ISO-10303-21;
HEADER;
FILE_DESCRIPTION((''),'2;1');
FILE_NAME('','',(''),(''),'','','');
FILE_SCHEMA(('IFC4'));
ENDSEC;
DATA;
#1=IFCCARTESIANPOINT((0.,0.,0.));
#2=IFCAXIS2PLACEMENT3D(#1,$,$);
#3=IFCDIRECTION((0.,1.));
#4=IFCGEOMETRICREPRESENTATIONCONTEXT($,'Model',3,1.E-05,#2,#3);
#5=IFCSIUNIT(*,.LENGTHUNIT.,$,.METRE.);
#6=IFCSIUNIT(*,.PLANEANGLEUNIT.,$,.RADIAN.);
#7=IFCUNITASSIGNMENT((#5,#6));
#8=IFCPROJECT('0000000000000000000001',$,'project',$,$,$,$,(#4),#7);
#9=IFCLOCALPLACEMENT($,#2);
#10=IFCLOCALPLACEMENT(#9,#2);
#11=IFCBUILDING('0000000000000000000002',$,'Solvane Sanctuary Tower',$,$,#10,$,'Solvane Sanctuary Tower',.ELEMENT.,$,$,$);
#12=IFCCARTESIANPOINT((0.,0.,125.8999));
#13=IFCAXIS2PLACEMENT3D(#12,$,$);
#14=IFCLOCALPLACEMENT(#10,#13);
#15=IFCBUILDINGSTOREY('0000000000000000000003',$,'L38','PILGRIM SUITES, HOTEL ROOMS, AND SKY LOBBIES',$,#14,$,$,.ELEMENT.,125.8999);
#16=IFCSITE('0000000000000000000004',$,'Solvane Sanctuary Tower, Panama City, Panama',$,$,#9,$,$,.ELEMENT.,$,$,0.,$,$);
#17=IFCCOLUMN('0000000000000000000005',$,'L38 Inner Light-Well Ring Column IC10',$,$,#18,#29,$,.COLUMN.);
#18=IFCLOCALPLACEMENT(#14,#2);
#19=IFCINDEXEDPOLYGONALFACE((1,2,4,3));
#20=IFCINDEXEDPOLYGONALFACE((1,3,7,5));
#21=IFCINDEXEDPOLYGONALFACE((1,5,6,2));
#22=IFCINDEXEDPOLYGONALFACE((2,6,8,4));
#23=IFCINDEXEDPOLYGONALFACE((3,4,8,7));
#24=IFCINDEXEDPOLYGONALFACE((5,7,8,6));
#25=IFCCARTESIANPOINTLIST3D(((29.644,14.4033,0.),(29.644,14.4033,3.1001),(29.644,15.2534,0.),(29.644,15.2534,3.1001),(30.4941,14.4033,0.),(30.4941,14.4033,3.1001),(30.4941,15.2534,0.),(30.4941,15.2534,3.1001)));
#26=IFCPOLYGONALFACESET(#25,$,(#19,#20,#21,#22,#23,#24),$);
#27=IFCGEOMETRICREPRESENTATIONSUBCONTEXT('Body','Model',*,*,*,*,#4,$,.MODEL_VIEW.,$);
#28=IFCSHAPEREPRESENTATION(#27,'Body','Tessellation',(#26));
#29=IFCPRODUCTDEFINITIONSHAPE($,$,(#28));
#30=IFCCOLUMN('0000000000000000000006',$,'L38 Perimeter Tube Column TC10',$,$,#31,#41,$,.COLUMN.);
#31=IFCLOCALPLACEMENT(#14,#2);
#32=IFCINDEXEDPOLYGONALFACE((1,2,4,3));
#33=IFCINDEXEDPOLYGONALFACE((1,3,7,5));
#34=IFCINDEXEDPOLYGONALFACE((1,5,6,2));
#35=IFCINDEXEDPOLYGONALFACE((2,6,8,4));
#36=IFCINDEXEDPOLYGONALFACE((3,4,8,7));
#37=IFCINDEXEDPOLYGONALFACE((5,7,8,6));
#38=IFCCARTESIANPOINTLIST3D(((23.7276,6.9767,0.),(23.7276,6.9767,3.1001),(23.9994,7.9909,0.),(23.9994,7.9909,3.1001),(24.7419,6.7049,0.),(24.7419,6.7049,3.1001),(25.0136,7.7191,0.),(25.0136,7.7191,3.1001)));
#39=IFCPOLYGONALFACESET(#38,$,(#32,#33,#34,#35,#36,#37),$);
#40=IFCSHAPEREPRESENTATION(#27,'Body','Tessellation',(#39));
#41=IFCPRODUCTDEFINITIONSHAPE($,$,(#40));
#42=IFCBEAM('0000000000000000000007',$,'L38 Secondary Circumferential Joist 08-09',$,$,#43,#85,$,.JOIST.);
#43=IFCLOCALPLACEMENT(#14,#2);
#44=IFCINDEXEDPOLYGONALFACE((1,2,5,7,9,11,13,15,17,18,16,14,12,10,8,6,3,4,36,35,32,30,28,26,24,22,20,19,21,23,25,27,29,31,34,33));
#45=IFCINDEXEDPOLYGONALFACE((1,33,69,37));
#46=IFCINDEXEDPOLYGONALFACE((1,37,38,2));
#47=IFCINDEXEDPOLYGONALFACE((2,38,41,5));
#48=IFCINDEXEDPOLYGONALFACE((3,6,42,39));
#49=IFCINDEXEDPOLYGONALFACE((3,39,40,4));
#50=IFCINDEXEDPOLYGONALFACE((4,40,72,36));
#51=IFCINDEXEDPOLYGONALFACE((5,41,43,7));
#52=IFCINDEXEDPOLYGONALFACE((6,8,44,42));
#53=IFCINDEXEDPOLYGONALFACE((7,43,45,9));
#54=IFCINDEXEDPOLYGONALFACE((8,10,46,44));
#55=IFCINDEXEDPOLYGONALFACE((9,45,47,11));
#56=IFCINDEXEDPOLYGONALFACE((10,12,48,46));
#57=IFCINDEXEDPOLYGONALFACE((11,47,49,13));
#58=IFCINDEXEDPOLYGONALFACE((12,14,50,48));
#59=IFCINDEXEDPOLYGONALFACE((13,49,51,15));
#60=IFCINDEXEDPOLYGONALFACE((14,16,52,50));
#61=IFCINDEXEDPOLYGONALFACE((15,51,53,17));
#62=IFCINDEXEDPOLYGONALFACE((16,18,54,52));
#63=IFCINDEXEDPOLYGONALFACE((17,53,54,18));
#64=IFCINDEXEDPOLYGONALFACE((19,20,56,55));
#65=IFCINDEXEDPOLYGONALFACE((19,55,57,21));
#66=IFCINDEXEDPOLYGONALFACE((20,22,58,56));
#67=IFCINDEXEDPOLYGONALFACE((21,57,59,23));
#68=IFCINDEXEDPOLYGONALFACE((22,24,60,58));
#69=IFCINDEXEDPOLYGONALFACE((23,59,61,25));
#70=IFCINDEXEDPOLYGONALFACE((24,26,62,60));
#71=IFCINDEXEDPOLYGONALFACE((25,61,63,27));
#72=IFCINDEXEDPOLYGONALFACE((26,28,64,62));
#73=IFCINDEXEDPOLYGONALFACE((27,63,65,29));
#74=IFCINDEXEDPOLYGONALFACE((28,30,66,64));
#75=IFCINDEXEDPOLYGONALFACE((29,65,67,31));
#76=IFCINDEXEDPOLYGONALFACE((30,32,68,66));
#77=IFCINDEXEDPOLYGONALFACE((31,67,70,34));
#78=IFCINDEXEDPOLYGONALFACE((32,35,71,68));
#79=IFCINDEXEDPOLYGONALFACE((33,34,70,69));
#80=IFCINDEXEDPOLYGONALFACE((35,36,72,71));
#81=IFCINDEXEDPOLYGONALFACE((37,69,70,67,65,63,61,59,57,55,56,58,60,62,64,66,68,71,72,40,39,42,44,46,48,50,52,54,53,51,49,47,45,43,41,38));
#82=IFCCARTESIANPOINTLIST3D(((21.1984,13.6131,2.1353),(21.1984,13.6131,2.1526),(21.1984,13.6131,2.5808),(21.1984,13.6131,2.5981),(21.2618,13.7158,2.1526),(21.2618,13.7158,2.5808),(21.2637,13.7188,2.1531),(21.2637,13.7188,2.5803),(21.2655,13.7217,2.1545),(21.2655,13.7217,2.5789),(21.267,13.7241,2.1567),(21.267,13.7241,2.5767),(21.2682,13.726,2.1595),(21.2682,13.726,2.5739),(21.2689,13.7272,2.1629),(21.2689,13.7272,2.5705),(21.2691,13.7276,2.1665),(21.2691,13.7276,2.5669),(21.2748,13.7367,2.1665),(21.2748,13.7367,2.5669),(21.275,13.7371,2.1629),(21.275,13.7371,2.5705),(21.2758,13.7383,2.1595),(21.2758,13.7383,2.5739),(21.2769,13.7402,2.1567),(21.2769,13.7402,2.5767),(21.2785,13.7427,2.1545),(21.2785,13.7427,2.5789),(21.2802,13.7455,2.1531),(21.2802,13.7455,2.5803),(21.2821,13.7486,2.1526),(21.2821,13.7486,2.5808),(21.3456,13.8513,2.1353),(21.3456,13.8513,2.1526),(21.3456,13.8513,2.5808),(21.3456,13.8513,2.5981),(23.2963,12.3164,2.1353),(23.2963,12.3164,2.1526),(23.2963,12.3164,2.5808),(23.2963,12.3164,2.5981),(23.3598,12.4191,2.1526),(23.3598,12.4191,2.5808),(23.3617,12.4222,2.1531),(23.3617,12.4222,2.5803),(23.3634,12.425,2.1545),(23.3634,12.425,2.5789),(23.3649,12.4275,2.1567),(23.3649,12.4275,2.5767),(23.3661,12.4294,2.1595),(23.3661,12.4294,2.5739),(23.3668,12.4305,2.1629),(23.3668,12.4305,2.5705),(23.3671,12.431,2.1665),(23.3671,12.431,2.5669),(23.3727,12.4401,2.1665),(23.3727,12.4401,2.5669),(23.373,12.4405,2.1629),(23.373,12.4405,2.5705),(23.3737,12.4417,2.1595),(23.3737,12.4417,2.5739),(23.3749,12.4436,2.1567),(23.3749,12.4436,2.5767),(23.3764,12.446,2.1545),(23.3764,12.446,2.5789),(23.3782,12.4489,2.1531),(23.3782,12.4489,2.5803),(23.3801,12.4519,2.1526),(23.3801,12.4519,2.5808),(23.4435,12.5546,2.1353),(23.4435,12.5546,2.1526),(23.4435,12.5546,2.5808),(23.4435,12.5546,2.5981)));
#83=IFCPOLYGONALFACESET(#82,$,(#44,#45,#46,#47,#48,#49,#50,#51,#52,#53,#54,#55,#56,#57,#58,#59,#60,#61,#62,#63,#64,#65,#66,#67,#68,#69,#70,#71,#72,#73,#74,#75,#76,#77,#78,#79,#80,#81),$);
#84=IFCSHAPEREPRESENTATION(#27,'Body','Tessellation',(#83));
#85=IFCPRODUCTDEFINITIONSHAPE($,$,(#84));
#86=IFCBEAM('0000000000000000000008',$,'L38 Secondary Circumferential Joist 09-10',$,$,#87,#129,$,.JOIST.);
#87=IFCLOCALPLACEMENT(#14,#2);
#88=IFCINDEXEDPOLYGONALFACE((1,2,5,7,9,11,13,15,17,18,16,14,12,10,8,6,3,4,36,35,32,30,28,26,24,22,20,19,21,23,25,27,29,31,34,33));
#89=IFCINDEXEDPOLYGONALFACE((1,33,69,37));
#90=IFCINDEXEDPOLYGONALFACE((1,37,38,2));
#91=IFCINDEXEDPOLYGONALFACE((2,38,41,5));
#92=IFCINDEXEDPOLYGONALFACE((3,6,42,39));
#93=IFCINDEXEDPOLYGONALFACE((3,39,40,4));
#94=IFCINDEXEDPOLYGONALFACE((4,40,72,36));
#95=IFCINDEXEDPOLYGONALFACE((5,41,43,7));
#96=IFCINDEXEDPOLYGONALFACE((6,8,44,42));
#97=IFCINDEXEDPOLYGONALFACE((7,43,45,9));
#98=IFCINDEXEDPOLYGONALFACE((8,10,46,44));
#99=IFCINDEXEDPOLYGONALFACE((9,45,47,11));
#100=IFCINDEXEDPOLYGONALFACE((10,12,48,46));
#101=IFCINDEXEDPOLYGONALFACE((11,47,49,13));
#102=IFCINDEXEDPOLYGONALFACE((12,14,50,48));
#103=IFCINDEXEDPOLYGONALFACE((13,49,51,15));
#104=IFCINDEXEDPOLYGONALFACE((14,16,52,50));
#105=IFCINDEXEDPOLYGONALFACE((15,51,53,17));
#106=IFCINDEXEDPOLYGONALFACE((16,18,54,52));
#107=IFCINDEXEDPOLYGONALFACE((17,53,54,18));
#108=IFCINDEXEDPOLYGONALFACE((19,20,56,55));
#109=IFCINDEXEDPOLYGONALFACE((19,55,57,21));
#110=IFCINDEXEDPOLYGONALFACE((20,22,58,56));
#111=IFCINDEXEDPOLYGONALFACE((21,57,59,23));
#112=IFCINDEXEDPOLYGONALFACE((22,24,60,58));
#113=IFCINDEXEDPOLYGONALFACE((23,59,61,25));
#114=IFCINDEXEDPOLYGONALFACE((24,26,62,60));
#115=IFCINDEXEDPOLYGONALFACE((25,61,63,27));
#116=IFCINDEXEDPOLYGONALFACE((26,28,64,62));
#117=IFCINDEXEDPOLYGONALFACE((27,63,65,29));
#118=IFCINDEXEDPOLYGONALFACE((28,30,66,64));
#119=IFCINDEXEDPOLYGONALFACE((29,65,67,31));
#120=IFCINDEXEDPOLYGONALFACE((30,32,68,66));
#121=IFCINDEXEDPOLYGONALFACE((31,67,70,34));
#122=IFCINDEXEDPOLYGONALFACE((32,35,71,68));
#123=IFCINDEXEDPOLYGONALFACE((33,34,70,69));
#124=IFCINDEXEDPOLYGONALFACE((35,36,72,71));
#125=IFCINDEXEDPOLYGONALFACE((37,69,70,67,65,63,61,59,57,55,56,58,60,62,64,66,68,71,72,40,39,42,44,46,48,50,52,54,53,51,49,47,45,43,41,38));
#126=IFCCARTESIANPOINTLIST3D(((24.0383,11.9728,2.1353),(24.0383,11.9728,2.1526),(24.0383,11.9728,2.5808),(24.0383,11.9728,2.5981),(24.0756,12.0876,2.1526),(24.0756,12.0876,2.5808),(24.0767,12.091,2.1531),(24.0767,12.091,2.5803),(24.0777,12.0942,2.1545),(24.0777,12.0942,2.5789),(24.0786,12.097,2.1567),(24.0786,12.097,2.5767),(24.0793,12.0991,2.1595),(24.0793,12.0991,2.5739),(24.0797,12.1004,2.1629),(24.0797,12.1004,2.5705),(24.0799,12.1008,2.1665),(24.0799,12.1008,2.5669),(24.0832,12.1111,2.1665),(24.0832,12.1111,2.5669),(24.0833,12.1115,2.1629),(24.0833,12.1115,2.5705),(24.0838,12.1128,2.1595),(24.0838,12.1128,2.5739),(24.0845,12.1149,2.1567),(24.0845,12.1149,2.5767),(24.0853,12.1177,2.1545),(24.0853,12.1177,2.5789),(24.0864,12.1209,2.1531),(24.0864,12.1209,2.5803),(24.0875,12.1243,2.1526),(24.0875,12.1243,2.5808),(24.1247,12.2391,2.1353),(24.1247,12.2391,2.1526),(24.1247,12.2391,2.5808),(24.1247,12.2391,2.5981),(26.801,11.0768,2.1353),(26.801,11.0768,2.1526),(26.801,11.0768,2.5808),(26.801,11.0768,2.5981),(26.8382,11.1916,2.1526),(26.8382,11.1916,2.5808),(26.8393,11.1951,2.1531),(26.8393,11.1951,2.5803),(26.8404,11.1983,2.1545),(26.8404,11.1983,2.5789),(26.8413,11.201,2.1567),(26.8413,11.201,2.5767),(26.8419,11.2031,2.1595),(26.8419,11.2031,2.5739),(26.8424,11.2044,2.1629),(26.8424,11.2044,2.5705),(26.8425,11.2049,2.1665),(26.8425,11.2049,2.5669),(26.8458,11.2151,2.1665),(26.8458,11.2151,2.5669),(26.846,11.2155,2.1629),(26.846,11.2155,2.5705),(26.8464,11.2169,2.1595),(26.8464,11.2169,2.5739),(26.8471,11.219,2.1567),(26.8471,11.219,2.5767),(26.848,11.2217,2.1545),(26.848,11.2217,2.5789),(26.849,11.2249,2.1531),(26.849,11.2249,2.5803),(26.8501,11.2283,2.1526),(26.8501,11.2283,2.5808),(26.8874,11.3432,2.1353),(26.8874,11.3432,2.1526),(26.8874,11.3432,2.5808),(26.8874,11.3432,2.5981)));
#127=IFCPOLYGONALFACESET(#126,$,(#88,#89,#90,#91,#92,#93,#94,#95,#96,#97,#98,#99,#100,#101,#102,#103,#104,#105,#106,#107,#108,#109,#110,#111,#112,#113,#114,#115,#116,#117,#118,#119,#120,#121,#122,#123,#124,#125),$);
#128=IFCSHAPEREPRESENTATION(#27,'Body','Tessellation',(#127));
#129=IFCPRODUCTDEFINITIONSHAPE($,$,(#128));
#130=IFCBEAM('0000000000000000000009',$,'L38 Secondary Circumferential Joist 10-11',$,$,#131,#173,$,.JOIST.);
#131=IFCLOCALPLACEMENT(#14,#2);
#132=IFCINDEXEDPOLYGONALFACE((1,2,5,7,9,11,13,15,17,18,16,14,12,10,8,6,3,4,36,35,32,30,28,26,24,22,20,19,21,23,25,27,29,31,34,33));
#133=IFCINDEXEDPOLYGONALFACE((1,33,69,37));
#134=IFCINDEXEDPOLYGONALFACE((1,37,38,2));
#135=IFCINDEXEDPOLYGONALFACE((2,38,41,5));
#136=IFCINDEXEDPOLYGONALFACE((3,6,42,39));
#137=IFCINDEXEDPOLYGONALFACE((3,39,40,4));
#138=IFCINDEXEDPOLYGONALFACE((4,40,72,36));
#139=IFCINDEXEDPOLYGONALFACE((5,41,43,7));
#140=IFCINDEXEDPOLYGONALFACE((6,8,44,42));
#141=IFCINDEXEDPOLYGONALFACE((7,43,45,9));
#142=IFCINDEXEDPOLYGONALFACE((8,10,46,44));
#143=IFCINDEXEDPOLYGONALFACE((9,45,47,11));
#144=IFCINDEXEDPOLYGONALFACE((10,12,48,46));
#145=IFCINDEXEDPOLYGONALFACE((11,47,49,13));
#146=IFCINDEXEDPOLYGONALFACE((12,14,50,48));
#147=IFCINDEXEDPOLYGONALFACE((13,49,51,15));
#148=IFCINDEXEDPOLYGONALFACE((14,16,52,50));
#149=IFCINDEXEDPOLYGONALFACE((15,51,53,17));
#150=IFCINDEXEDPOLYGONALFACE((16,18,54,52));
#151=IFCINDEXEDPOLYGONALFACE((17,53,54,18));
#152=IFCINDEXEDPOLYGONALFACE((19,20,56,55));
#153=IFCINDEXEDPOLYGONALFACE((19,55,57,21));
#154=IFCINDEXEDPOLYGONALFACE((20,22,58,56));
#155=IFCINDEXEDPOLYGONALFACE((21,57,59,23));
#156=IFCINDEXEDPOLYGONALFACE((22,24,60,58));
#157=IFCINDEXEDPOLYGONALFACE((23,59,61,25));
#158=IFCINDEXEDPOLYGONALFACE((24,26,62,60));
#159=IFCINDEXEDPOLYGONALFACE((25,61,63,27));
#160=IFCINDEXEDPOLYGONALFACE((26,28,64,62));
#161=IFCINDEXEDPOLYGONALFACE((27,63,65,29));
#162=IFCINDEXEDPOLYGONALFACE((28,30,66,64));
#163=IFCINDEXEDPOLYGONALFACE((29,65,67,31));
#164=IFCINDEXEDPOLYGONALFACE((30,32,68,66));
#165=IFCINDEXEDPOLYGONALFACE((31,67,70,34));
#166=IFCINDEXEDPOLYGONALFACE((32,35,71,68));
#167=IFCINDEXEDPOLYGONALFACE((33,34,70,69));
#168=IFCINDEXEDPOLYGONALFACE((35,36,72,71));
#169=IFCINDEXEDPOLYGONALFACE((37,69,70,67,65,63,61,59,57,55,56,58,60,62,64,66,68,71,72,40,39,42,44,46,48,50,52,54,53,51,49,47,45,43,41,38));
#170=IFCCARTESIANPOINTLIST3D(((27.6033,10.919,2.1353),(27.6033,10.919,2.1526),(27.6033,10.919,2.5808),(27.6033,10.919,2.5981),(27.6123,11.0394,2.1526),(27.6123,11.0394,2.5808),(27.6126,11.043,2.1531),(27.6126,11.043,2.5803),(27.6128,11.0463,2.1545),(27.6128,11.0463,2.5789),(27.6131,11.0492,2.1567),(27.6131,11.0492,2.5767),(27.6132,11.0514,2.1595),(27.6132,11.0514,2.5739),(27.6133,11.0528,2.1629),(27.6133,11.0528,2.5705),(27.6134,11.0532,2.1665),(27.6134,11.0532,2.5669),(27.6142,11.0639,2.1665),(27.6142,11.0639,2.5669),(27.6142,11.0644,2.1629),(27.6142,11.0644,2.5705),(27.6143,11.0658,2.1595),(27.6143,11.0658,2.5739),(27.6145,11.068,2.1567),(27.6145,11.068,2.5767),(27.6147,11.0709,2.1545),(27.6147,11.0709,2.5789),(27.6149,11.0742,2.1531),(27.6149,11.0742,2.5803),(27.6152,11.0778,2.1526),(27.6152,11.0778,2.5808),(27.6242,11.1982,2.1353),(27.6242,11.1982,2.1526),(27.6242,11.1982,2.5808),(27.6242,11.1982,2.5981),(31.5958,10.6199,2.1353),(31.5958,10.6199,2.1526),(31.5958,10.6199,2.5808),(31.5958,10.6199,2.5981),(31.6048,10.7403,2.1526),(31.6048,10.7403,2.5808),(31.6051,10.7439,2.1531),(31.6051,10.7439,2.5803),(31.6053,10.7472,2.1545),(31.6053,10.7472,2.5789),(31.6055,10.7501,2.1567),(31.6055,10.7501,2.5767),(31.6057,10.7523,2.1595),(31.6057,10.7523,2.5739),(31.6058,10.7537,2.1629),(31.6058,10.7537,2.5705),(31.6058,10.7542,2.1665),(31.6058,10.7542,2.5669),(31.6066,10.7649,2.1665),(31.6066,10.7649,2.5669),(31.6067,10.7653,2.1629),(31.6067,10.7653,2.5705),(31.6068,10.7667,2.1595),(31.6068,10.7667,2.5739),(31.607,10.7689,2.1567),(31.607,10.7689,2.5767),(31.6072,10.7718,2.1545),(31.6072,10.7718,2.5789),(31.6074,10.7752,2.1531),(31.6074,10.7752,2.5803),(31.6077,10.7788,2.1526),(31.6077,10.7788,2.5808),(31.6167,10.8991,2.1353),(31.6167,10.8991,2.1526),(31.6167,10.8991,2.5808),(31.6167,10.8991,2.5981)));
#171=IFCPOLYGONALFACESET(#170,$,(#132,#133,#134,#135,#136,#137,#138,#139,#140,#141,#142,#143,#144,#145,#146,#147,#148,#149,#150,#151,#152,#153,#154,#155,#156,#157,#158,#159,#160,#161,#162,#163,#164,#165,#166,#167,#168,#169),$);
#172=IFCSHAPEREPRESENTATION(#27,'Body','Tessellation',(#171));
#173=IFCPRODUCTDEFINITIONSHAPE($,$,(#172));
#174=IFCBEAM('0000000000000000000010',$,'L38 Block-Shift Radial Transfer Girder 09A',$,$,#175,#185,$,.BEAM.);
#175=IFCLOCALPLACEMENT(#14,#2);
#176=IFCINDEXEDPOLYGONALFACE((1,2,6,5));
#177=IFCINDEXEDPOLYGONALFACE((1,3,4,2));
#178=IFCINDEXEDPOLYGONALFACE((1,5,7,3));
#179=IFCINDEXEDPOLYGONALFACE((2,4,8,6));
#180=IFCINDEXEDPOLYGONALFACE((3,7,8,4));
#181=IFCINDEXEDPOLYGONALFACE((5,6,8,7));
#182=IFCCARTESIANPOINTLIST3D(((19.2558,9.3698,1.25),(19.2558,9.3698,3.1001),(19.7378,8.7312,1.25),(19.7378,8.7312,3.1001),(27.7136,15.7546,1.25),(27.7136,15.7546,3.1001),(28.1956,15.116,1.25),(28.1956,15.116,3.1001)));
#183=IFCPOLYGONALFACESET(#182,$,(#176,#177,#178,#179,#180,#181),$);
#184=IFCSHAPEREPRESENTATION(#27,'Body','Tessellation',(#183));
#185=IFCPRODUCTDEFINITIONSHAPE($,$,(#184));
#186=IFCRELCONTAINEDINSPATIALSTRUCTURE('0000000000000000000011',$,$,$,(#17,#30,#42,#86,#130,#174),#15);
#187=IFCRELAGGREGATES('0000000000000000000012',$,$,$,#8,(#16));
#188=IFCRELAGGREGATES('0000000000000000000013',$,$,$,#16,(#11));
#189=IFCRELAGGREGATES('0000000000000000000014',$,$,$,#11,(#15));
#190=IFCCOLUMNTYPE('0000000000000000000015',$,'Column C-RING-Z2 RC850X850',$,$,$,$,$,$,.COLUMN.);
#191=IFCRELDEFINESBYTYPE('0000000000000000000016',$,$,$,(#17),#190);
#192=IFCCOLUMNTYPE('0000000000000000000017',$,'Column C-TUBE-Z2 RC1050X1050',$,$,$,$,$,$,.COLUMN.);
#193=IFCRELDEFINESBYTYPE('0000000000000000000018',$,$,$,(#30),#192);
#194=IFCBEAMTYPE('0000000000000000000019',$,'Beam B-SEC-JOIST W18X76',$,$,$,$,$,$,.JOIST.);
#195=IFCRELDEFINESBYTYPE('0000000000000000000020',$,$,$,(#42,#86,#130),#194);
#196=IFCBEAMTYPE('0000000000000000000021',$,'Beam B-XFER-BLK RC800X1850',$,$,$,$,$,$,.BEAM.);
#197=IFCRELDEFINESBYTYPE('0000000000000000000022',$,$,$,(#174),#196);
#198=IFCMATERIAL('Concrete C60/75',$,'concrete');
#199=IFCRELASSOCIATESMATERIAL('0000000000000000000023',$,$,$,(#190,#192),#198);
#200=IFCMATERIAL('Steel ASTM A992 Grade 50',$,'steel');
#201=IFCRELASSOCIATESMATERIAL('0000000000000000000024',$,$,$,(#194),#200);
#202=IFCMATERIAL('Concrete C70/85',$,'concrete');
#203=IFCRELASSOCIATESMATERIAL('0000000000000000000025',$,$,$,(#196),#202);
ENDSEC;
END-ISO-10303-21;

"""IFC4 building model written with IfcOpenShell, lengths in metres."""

from ifc_helpers import new_model, si_unit, direction, frame, origin, origin_2d, place, context, subcontext, project, spatial, rectangle, i_section, extrude, material, material_profile, profile_set, type_object, element, save


model = new_model("IFC4")

# Units and contexts
model_context = context("Model", 3, precision=1e-05, world=origin(), true_north=direction((0.0, 1.0)))
body_context = subcontext(model_context, "Body", "Model", "MODEL_VIEW")
ifc_project = project(units=[si_unit("LENGTHUNIT", "METRE"), si_unit("PLANEANGLEUNIT", "RADIAN")], contexts=[model_context])

# Site, building, storey
site_placement = place(None, origin())
site = spatial("IfcSite", under=ifc_project, at=site_placement, Name="Solvane Sanctuary Tower, Panama City, Panama", CompositionType="ELEMENT", RefElevation=0.0)
building_placement = place(site_placement, origin())
building = spatial("IfcBuilding", under=site, at=building_placement, Name="Solvane Sanctuary Tower", LongName="Solvane Sanctuary Tower", CompositionType="ELEMENT")
storey_placement = place(building_placement, frame((0.0, 0.0, 125.8999)))
storey = spatial("IfcBuildingStorey", under=building, at=storey_placement, Name="L38", Description="PILGRIM SUITES, HOTEL ROOMS, AND SKY LOBBIES", CompositionType="ELEMENT", Elevation=125.8999)

# Columns
ifc_material_1 = material(Name="Concrete C60/75", Category="concrete")
ifc_material_profile_1 = material_profile(ifc_material_1, rectangle(XDim=0.8501, YDim=0.8501, at=origin_2d()), Name="RC850X850")
ifc_profile_set_1 = profile_set([ifc_material_profile_1], Name="Concrete C60/75")
column_type_1 = type_object("IfcColumnType", Name="Column C-RING-Z2 RC850X850", PredefinedType="COLUMN", material=ifc_profile_set_1)
column_1_placement = place(storey_placement, frame((30.0691, 14.8284, 0.0), z_axis=(0.0, 0.0, 1.0), x_axis=(1.0, 0.0, 0.0)))
element("IfcColumn", 1, at=column_1_placement, inside=storey, type_object=column_type_1, Name="L38 Inner Light-Well Ring Column IC10", PredefinedType="COLUMN", context=body_context, shape_type="SweptSolid", body=[
    extrude(rectangle(XDim=0.8501, YDim=0.8501, at=origin_2d()), origin(), (0.0, 0.0, 1.0), 3.1001),
])
ifc_material_profile_2 = material_profile(ifc_material_1, rectangle(XDim=1.05, YDim=1.05, at=origin_2d()), Name="RC1050X1050")
ifc_profile_set_2 = profile_set([ifc_material_profile_2], Name="Concrete C60/75")
column_type_2 = type_object("IfcColumnType", Name="Column C-TUBE-Z2 RC1050X1050", PredefinedType="COLUMN", material=ifc_profile_set_2)
column_2_placement = place(storey_placement, frame((24.3706, 7.3479, 0.0), z_axis=(0.0, 0.0, 1.0), x_axis=(-0.258819, -0.965926, 0.0)))
element("IfcColumn", 2, at=column_2_placement, inside=storey, type_object=column_type_2, Name="L38 Perimeter Tube Column TC10", PredefinedType="COLUMN", context=body_context, shape_type="SweptSolid", body=[
    extrude(rectangle(XDim=1.05, YDim=1.05, at=origin_2d()), origin(), (0.0, 0.0, 1.0), 3.1001),
])

# Beams
ifc_material_2 = material(Name="Steel ASTM A992 Grade 50", Category="steel")
ifc_material_profile_3 = material_profile(ifc_material_2, i_section(OverallWidth=0.28, OverallDepth=0.4629, WebThickness=0.0107, FlangeThickness=0.0173, FilletRadius=0.0139, at=origin_2d()), Name="W18X76")
ifc_profile_set_3 = profile_set([ifc_material_profile_3], Name="Steel ASTM A992 Grade 50")
beam_type_1 = type_object("IfcBeamType", Name="Beam B-SEC-JOIST W18X76", PredefinedType="JOIST", material=ifc_profile_set_3)
beam_1_placement = place(storey_placement, frame((21.272, 13.7322, 2.3667), z_axis=(0.85064, -0.525748, 0.0), x_axis=(0.525748, 0.85064, 0.0)))
element("IfcBeam", 3, at=beam_1_placement, inside=storey, type_object=beam_type_1, Name="L38 Secondary Circumferential Joist 08-09", PredefinedType="JOIST", context=body_context, shape_type="SweptSolid", body=[
    extrude(i_section(OverallWidth=0.28, OverallDepth=0.4629, WebThickness=0.0107, FlangeThickness=0.0173, FilletRadius=0.0139, at=origin_2d()), origin(), (0.0, 0.0, 1.0), 2.4663),
])
beam_2_placement = place(storey_placement, frame((24.0815, 12.106, 2.3667), z_axis=(0.951224, -0.308501, 0.0), x_axis=(0.308501, 0.951224, 0.0)))
element("IfcBeam", 4, at=beam_2_placement, inside=storey, type_object=beam_type_1, Name="L38 Secondary Circumferential Joist 09-10", PredefinedType="JOIST", context=body_context, shape_type="SweptSolid", body=[
    extrude(i_section(OverallWidth=0.28, OverallDepth=0.4629, WebThickness=0.0107, FlangeThickness=0.0173, FilletRadius=0.0139, at=origin_2d()), origin(), (0.0, 0.0, 1.0), 2.9043),
])
beam_3_placement = place(storey_placement, frame((27.6138, 11.0586, 2.3667), z_axis=(0.997206, -0.074701, 0.0), x_axis=(0.074701, 0.997206, 0.0)))
element("IfcBeam", 5, at=beam_3_placement, inside=storey, type_object=beam_type_1, Name="L38 Secondary Circumferential Joist 10-11", PredefinedType="JOIST", context=body_context, shape_type="SweptSolid", body=[
    extrude(i_section(OverallWidth=0.28, OverallDepth=0.4629, WebThickness=0.0107, FlangeThickness=0.0173, FilletRadius=0.0139, at=origin_2d()), origin(), (0.0, 0.0, 1.0), 4.0037),
])
ifc_material_3 = material(Name="Concrete C70/85", Category="concrete")
ifc_material_profile_4 = material_profile(ifc_material_3, rectangle(XDim=0.8, YDim=1.8501, at=origin_2d()), Name="RC800X1850")
ifc_profile_set_4 = profile_set([ifc_material_profile_4], Name="Concrete C70/85")
beam_type_2 = type_object("IfcBeamType", Name="Beam B-XFER-BLK RC800X1850", PredefinedType="BEAM", material=ifc_profile_set_4)
beam_4_placement = place(storey_placement, frame((27.9546, 15.4353, 2.175), z_axis=(-0.798119, -0.6025, 0.0), x_axis=(0.6025, -0.798119, 0.0)))
element("IfcBeam", 6, at=beam_4_placement, inside=storey, type_object=beam_type_2, Name="L38 Block-Shift Radial Transfer Girder 09A", PredefinedType="BEAM", context=body_context, shape_type="SweptSolid", body=[
    extrude(rectangle(XDim=0.8, YDim=1.8501, at=origin_2d()), origin(), (0.0, 0.0, 1.0), 10.5972),
])

save(model, "model.ifc")
